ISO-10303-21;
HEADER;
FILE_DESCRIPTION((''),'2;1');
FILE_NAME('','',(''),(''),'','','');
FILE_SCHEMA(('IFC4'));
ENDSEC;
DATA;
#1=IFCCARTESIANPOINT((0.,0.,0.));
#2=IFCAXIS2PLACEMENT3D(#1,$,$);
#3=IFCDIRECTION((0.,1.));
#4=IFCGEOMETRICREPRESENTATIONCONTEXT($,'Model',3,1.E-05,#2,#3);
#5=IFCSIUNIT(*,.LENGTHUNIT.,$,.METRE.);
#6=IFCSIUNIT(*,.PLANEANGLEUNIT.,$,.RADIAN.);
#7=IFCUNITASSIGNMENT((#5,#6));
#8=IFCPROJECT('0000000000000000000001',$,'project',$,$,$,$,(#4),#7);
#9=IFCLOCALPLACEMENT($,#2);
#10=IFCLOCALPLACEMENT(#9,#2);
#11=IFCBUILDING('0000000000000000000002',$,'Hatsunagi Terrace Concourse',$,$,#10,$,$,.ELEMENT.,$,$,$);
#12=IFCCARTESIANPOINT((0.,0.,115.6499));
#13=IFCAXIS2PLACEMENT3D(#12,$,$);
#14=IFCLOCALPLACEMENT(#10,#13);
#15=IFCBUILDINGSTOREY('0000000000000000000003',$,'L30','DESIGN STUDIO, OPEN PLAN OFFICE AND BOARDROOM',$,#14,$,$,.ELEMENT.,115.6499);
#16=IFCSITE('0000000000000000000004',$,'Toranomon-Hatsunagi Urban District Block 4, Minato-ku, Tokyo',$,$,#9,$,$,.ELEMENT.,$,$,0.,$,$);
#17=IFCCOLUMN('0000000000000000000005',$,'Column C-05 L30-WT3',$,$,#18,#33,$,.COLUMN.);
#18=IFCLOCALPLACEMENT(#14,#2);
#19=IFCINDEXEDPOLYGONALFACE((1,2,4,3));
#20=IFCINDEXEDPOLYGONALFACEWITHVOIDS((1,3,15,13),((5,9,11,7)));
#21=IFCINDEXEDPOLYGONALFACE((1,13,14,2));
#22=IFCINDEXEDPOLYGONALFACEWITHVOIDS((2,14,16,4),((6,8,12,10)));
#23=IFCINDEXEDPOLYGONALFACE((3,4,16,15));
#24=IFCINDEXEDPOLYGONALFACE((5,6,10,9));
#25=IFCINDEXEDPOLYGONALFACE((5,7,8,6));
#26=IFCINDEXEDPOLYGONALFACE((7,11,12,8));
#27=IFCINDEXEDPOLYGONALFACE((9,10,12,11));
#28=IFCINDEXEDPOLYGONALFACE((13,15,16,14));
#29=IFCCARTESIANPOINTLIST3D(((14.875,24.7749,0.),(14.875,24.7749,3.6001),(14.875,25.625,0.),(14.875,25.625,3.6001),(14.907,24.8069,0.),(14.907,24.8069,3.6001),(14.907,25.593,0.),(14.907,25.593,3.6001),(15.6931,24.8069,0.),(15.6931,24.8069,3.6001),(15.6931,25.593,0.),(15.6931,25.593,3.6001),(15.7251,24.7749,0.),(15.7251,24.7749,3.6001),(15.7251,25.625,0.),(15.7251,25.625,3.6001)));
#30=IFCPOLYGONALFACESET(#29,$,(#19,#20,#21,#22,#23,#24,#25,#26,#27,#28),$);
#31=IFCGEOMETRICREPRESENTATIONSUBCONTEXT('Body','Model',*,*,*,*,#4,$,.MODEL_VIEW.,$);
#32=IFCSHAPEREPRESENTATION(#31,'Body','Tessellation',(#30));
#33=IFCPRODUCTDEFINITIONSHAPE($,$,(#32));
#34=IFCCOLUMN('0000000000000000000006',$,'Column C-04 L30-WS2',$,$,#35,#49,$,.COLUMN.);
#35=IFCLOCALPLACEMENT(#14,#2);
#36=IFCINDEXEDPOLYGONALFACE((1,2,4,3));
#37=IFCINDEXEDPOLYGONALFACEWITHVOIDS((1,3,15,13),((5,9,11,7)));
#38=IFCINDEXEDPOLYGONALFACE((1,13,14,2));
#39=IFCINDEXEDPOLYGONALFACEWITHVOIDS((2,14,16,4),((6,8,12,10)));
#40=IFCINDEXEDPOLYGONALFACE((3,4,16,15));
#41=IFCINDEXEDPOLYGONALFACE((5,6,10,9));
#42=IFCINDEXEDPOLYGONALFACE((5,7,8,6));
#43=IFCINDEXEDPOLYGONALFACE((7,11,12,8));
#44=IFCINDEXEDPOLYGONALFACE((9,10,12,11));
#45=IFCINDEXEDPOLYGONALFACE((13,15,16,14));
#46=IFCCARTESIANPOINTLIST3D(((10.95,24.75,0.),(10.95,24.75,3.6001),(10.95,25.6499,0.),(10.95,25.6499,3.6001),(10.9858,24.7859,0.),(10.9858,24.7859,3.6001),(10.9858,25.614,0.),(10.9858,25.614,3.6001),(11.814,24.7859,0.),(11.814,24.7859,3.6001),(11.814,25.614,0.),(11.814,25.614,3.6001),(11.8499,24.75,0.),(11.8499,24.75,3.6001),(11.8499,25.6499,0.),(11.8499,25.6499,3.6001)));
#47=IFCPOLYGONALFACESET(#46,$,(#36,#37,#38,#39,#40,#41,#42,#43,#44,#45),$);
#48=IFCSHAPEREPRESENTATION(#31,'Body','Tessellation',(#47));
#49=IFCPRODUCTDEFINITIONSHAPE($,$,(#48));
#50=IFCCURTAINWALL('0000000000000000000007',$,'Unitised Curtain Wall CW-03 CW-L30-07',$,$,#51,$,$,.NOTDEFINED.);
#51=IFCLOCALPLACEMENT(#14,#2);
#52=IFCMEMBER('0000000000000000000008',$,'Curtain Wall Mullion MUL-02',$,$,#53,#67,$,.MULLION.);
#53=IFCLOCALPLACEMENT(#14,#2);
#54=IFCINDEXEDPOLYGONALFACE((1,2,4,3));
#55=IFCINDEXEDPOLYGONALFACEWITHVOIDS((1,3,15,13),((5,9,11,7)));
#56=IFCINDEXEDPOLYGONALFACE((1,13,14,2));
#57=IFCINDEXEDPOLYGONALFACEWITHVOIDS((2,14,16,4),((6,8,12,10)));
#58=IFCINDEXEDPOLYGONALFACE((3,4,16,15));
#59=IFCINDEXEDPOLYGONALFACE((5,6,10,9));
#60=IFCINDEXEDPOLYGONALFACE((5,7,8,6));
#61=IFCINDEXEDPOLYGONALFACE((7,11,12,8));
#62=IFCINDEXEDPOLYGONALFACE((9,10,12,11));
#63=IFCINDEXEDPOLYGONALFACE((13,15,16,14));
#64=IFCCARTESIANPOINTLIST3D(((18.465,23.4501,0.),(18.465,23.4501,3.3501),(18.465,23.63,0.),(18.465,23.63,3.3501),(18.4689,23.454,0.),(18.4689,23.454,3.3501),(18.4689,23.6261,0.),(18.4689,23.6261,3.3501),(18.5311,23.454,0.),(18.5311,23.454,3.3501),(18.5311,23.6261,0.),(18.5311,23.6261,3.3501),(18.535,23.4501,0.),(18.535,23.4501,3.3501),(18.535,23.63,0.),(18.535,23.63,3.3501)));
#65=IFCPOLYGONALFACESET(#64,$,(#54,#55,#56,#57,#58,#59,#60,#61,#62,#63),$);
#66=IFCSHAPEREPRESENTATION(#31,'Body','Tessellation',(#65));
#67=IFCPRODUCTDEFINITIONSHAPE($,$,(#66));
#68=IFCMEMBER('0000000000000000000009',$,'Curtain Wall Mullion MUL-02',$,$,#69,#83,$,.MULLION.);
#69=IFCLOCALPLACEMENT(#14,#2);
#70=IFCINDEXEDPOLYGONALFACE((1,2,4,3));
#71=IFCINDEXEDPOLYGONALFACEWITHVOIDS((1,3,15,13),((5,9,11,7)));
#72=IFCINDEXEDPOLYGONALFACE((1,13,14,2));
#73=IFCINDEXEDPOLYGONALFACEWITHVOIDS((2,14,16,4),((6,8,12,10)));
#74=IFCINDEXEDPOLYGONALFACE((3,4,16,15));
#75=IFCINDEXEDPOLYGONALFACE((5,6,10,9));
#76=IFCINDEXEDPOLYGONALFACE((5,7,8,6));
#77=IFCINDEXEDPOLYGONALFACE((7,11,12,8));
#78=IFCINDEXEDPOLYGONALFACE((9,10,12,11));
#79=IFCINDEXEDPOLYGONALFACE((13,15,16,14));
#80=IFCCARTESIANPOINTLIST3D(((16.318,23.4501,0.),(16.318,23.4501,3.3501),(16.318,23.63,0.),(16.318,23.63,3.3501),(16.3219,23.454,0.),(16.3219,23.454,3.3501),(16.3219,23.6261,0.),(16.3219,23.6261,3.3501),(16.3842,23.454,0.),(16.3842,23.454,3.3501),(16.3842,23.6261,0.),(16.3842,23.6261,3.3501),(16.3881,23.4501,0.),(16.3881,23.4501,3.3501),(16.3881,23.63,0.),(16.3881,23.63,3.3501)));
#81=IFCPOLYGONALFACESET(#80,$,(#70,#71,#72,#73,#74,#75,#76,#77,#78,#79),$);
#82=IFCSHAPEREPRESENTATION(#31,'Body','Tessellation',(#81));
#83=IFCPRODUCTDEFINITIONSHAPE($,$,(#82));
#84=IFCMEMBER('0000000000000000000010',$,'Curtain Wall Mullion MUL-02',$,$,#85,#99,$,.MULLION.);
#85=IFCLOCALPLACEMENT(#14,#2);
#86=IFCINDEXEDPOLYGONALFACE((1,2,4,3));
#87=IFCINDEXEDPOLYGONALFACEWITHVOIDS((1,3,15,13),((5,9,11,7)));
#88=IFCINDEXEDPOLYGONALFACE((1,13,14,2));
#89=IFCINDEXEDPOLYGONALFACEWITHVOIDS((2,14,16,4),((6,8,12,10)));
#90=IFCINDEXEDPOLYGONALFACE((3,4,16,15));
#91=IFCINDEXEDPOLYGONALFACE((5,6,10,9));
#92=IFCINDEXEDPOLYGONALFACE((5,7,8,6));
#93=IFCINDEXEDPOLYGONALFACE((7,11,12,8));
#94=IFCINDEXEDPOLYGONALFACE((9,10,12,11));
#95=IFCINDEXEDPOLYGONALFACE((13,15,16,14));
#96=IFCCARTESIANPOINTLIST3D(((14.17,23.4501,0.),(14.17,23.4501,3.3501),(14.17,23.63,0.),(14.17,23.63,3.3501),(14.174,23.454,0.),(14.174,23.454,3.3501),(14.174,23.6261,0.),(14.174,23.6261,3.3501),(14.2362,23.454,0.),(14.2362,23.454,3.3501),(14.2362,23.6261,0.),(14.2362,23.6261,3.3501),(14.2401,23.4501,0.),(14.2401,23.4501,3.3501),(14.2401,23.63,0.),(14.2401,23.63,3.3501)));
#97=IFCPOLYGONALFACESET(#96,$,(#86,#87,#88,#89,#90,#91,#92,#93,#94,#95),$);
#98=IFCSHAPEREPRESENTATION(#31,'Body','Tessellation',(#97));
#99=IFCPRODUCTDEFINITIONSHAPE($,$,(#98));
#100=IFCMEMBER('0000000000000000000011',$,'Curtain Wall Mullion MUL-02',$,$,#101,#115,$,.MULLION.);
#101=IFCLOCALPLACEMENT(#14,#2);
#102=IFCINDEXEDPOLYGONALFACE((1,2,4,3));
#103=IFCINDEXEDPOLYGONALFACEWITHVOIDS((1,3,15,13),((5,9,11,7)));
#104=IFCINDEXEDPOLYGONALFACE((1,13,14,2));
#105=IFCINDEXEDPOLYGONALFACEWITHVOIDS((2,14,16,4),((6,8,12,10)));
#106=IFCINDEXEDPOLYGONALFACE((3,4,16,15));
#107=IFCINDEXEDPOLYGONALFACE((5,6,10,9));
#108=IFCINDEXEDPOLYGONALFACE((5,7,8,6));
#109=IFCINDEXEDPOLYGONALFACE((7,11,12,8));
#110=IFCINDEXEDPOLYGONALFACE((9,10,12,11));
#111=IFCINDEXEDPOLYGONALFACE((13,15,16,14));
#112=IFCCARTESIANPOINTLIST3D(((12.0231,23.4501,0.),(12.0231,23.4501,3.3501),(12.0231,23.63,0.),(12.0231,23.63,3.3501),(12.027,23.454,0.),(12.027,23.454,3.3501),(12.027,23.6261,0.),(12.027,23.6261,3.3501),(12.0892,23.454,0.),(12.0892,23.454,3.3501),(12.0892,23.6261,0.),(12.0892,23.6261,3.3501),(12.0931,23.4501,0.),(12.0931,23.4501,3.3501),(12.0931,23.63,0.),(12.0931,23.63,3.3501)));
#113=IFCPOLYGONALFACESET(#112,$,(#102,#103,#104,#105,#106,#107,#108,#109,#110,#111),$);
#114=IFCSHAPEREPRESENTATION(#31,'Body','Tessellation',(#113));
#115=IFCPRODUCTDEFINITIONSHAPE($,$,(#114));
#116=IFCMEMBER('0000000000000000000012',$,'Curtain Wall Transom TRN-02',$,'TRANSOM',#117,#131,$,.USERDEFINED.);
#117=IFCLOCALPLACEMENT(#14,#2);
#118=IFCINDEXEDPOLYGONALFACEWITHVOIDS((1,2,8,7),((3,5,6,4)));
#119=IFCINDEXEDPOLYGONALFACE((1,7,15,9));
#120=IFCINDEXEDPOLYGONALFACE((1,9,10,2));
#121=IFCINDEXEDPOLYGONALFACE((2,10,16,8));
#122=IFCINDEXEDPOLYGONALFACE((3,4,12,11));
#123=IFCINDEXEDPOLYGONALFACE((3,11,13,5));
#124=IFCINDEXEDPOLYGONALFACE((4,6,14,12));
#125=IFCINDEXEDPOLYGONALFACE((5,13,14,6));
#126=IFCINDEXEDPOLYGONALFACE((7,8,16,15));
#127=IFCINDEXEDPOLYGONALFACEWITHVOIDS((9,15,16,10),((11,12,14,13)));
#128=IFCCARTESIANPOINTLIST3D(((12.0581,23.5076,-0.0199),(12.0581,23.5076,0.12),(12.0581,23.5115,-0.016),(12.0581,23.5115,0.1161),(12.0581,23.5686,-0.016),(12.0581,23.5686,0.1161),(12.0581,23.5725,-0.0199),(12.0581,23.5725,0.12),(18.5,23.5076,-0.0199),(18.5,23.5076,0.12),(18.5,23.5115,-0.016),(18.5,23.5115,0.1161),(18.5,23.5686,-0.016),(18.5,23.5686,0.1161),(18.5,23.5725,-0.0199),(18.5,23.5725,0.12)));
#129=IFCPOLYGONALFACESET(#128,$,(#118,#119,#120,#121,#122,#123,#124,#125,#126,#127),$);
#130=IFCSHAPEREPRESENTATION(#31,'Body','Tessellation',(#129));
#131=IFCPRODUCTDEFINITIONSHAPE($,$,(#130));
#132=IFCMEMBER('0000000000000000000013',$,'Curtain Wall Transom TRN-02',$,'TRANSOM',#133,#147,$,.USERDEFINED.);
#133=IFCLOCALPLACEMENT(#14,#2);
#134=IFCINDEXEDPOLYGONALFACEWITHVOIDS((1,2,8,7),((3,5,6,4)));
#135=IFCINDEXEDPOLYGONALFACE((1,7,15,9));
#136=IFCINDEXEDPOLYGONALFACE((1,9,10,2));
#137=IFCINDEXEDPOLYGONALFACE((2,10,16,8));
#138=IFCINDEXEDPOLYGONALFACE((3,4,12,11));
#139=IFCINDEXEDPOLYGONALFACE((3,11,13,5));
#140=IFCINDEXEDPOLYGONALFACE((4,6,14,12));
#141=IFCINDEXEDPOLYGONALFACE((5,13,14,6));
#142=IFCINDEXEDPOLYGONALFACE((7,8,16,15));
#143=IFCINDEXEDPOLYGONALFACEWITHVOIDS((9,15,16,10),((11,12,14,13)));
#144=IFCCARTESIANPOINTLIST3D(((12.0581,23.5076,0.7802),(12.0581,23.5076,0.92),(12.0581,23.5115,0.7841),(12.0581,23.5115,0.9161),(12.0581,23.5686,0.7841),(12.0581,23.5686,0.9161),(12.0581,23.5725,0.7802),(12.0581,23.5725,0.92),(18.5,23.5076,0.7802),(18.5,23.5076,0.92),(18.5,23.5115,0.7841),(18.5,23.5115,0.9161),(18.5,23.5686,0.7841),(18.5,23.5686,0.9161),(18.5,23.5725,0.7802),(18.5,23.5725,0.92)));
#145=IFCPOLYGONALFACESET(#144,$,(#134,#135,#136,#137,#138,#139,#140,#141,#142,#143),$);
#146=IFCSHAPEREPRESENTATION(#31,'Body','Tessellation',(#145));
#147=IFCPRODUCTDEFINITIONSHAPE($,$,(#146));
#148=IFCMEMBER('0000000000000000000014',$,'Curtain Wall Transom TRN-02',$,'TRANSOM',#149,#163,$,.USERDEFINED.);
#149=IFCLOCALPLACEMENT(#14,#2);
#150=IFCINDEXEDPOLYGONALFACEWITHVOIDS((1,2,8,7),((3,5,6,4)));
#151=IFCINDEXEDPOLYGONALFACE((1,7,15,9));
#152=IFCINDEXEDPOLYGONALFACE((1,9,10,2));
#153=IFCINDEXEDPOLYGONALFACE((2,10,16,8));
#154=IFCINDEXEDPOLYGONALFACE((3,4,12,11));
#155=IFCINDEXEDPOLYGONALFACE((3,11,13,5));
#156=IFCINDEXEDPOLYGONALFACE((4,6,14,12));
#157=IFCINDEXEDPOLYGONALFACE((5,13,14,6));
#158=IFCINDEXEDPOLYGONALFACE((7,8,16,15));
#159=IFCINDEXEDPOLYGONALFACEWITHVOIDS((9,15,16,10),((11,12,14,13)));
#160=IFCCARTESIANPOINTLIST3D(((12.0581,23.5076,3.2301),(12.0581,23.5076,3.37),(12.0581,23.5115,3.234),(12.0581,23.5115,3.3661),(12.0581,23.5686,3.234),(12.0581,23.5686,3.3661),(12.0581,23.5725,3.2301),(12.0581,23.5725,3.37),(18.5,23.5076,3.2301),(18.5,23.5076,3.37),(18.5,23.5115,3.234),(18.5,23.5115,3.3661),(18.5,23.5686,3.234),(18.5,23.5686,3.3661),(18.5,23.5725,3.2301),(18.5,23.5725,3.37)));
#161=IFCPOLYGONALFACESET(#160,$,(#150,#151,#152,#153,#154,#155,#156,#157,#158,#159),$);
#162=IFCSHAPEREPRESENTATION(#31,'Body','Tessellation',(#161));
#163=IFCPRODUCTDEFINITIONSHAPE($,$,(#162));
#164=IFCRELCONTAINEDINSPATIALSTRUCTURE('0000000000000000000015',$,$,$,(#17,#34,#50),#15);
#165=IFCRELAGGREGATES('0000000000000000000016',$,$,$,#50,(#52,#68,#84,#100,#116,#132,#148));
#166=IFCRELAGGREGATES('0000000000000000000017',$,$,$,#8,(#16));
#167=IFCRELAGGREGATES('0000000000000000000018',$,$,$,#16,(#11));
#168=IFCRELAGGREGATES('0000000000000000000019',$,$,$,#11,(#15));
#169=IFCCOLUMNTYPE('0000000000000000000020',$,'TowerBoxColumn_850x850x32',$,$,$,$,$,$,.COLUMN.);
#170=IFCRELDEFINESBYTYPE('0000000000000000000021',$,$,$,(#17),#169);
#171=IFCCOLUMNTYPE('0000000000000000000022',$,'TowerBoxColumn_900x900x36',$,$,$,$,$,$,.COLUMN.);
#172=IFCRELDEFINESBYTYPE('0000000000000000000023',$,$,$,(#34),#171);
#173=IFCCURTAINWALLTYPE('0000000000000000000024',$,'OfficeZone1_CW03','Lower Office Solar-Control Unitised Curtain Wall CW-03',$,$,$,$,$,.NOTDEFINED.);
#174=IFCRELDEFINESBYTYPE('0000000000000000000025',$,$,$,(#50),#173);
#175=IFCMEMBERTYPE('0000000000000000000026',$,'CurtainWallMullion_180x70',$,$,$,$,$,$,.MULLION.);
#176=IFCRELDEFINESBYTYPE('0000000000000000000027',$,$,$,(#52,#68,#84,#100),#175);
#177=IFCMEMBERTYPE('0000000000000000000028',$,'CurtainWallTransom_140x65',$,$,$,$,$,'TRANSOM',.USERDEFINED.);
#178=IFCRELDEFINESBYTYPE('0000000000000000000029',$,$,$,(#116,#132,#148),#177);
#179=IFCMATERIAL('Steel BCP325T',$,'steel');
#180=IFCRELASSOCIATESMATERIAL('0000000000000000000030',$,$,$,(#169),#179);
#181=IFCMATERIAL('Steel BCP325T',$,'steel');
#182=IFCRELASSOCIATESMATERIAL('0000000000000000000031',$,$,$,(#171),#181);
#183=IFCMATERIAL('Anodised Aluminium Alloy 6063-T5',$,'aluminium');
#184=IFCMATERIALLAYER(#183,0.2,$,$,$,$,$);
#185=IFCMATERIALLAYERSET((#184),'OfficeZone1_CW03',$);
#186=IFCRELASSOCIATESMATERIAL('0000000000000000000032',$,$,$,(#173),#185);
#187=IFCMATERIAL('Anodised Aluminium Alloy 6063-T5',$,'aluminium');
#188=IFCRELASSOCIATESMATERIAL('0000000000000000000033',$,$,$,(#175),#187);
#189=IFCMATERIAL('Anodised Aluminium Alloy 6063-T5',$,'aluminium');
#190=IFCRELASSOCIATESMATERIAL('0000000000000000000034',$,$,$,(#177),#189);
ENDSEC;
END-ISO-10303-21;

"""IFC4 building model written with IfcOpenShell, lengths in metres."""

from ifc_helpers import new_model, si_unit, direction, frame, origin, origin_2d, place, context, subcontext, project, spatial, hollow_rectangle, extrude, material, layer, layer_set, material_profile, profile_set, type_object, element, aggregate, save


model = new_model("IFC4")

# Units and contexts
model_context = context("Model", 3, precision=1e-05, world=origin(), true_north=direction((0.0, 1.0)))
body_context = subcontext(model_context, "Body", "Model", "MODEL_VIEW")
ifc_project = project(units=[si_unit("LENGTHUNIT", "METRE"), si_unit("PLANEANGLEUNIT", "RADIAN")], contexts=[model_context])

# Site, building, storey
site_placement = place(None, origin())
site = spatial("IfcSite", under=ifc_project, at=site_placement, Name="Toranomon-Hatsunagi Urban District Block 4, Minato-ku, Tokyo", CompositionType="ELEMENT", RefElevation=0.0)
building_placement = place(site_placement, origin())
building = spatial("IfcBuilding", under=site, at=building_placement, Name="Hatsunagi Terrace Concourse", CompositionType="ELEMENT")
storey_placement = place(building_placement, frame((0.0, 0.0, 115.6499)))
storey = spatial("IfcBuildingStorey", under=building, at=storey_placement, Name="L30", Description="DESIGN STUDIO, OPEN PLAN OFFICE AND BOARDROOM", CompositionType="ELEMENT", Elevation=115.6499)

# Columns
ifc_material_1 = material(Name="Steel BCP325T", Category="steel")
ifc_material_profile_1 = material_profile(ifc_material_1, hollow_rectangle(XDim=0.8501, YDim=0.8501, WallThickness=0.032, at=origin_2d()), Name="BCP-850x850x32")
ifc_profile_set_1 = profile_set([ifc_material_profile_1], Name="Steel BCP325T")
column_type_1 = type_object("IfcColumnType", Name="TowerBoxColumn_850x850x32", PredefinedType="COLUMN", material=ifc_profile_set_1)
column_1_placement = place(storey_placement, frame((15.3, 25.2, 0.0), z_axis=(0.0, 0.0, 1.0), x_axis=(1.0, 0.0, 0.0)))
element("IfcColumn", 1, at=column_1_placement, inside=storey, type_object=column_type_1, Name="Column C-05 L30-WT3", PredefinedType="COLUMN", context=body_context, shape_type="SweptSolid", body=[
    extrude(hollow_rectangle(XDim=0.8501, YDim=0.8501, WallThickness=0.032, at=origin_2d()), origin(), (0.0, 0.0, 1.0), 3.6001),
])
ifc_material_2 = material(Name="Steel BCP325T", Category="steel")
ifc_material_profile_2 = material_profile(ifc_material_2, hollow_rectangle(XDim=0.8999, YDim=0.8999, WallThickness=0.0359, at=origin_2d()), Name="BCP-900x900x36")
ifc_profile_set_2 = profile_set([ifc_material_profile_2], Name="Steel BCP325T")
column_type_2 = type_object("IfcColumnType", Name="TowerBoxColumn_900x900x36", PredefinedType="COLUMN", material=ifc_profile_set_2)
column_2_placement = place(storey_placement, frame((11.3999, 25.2, 0.0), z_axis=(0.0, 0.0, 1.0), x_axis=(1.0, 0.0, 0.0)))
element("IfcColumn", 2, at=column_2_placement, inside=storey, type_object=column_type_2, Name="Column C-04 L30-WS2", PredefinedType="COLUMN", context=body_context, shape_type="SweptSolid", body=[
    extrude(hollow_rectangle(XDim=0.8999, YDim=0.8999, WallThickness=0.0359, at=origin_2d()), origin(), (0.0, 0.0, 1.0), 3.6001),
])

# Curtain wall, members
ifc_material_3 = material(Name="Anodised Aluminium Alloy 6063-T5", Category="aluminium")
ifc_layer_1 = layer(ifc_material_3, 0.2)
ifc_layer_set_1 = layer_set([ifc_layer_1], Name="OfficeZone1_CW03")
curtain_wall_type = type_object("IfcCurtainWallType", Name="OfficeZone1_CW03", Description="Lower Office Solar-Control Unitised Curtain Wall CW-03", PredefinedType="NOTDEFINED", material=ifc_layer_set_1)
curtain_wall_placement = place(storey_placement, origin())
curtain_wall = element("IfcCurtainWall", 3, at=curtain_wall_placement, inside=storey, type_object=curtain_wall_type, Name="Unitised Curtain Wall CW-03 CW-L30-07", PredefinedType="NOTDEFINED")
ifc_material_4 = material(Name="Anodised Aluminium Alloy 6063-T5", Category="aluminium")
ifc_material_profile_3 = material_profile(ifc_material_4, hollow_rectangle(XDim=0.0701, YDim=0.1799, WallThickness=0.0039, at=origin_2d()), Name="ALU-MUL-180x70x4")
ifc_profile_set_3 = profile_set([ifc_material_profile_3], Name="Anodised Aluminium Alloy 6063-T5")
member_type_1 = type_object("IfcMemberType", Name="CurtainWallMullion_180x70", PredefinedType="MULLION", material=ifc_profile_set_3)
member_1_placement = place(storey_placement, frame((18.5, 23.54, 0.0), z_axis=(0.0, 0.0, 1.0), x_axis=(-1.0, 0.0, 0.0)))
member_1 = element("IfcMember", 4, at=member_1_placement, type_object=member_type_1, Name="Curtain Wall Mullion MUL-02", PredefinedType="MULLION", context=body_context, shape_type="SweptSolid", body=[
    extrude(hollow_rectangle(XDim=0.0701, YDim=0.1799, WallThickness=0.0039, at=origin_2d()), origin(), (0.0, 0.0, 1.0), 3.3501),
])
member_2_placement = place(storey_placement, frame((16.353, 23.54, 0.0), z_axis=(0.0, 0.0, 1.0), x_axis=(-1.0, 0.0, 0.0)))
member_2 = element("IfcMember", 5, at=member_2_placement, type_object=member_type_1, Name="Curtain Wall Mullion MUL-02", PredefinedType="MULLION", context=body_context, shape_type="SweptSolid", body=[
    extrude(hollow_rectangle(XDim=0.0701, YDim=0.1799, WallThickness=0.0039, at=origin_2d()), origin(), (0.0, 0.0, 1.0), 3.3501),
])
member_3_placement = place(storey_placement, frame((14.2051, 23.54, 0.0), z_axis=(0.0, 0.0, 1.0), x_axis=(-1.0, 0.0, 0.0)))
member_3 = element("IfcMember", 6, at=member_3_placement, type_object=member_type_1, Name="Curtain Wall Mullion MUL-02", PredefinedType="MULLION", context=body_context, shape_type="SweptSolid", body=[
    extrude(hollow_rectangle(XDim=0.0701, YDim=0.1799, WallThickness=0.0039, at=origin_2d()), origin(), (0.0, 0.0, 1.0), 3.3501),
])
member_4_placement = place(storey_placement, frame((12.0581, 23.54, 0.0), z_axis=(0.0, 0.0, 1.0), x_axis=(-1.0, 0.0, 0.0)))
member_4 = element("IfcMember", 7, at=member_4_placement, type_object=member_type_1, Name="Curtain Wall Mullion MUL-02", PredefinedType="MULLION", context=body_context, shape_type="SweptSolid", body=[
    extrude(hollow_rectangle(XDim=0.0701, YDim=0.1799, WallThickness=0.0039, at=origin_2d()), origin(), (0.0, 0.0, 1.0), 3.3501),
])
ifc_material_5 = material(Name="Anodised Aluminium Alloy 6063-T5", Category="aluminium")
ifc_material_profile_4 = material_profile(ifc_material_5, hollow_rectangle(XDim=0.0649, YDim=0.1399, WallThickness=0.0039, at=origin_2d()), Name="ALU-TRN-140x65x4")
ifc_profile_set_4 = profile_set([ifc_material_profile_4], Name="Anodised Aluminium Alloy 6063-T5")
member_type_2 = type_object("IfcMemberType", Name="CurtainWallTransom_140x65", ElementType="TRANSOM", PredefinedType="USERDEFINED", material=ifc_profile_set_4)
member_5_placement = place(storey_placement, frame((18.5, 23.54, 0.05), z_axis=(-1.0, 0.0, 0.0), x_axis=(0.0, -1.0, 0.0)))
member_5 = element("IfcMember", 8, at=member_5_placement, type_object=member_type_2, Name="Curtain Wall Transom TRN-02", ObjectType="TRANSOM", PredefinedType="USERDEFINED", context=body_context, shape_type="SweptSolid", body=[
    extrude(hollow_rectangle(XDim=0.0649, YDim=0.1399, WallThickness=0.0039, at=origin_2d()), origin(), (0.0, 0.0, 1.0), 6.4419),
])
member_6_placement = place(storey_placement, frame((18.5, 23.54, 0.8501), z_axis=(-1.0, 0.0, 0.0), x_axis=(0.0, -1.0, 0.0)))
member_6 = element("IfcMember", 9, at=member_6_placement, type_object=member_type_2, Name="Curtain Wall Transom TRN-02", ObjectType="TRANSOM", PredefinedType="USERDEFINED", context=body_context, shape_type="SweptSolid", body=[
    extrude(hollow_rectangle(XDim=0.0649, YDim=0.1399, WallThickness=0.0039, at=origin_2d()), origin(), (0.0, 0.0, 1.0), 6.4419),
])
member_7_placement = place(storey_placement, frame((18.5, 23.54, 3.3), z_axis=(-1.0, 0.0, 0.0), x_axis=(0.0, -1.0, 0.0)))
member_7 = element("IfcMember", 10, at=member_7_placement, type_object=member_type_2, Name="Curtain Wall Transom TRN-02", ObjectType="TRANSOM", PredefinedType="USERDEFINED", context=body_context, shape_type="SweptSolid", body=[
    extrude(hollow_rectangle(XDim=0.0649, YDim=0.1399, WallThickness=0.0039, at=origin_2d()), origin(), (0.0, 0.0, 1.0), 6.4419),
])

aggregate(curtain_wall, [member_1, member_2, member_3, member_4, member_5, member_6, member_7])

save(model, "model.ifc")
